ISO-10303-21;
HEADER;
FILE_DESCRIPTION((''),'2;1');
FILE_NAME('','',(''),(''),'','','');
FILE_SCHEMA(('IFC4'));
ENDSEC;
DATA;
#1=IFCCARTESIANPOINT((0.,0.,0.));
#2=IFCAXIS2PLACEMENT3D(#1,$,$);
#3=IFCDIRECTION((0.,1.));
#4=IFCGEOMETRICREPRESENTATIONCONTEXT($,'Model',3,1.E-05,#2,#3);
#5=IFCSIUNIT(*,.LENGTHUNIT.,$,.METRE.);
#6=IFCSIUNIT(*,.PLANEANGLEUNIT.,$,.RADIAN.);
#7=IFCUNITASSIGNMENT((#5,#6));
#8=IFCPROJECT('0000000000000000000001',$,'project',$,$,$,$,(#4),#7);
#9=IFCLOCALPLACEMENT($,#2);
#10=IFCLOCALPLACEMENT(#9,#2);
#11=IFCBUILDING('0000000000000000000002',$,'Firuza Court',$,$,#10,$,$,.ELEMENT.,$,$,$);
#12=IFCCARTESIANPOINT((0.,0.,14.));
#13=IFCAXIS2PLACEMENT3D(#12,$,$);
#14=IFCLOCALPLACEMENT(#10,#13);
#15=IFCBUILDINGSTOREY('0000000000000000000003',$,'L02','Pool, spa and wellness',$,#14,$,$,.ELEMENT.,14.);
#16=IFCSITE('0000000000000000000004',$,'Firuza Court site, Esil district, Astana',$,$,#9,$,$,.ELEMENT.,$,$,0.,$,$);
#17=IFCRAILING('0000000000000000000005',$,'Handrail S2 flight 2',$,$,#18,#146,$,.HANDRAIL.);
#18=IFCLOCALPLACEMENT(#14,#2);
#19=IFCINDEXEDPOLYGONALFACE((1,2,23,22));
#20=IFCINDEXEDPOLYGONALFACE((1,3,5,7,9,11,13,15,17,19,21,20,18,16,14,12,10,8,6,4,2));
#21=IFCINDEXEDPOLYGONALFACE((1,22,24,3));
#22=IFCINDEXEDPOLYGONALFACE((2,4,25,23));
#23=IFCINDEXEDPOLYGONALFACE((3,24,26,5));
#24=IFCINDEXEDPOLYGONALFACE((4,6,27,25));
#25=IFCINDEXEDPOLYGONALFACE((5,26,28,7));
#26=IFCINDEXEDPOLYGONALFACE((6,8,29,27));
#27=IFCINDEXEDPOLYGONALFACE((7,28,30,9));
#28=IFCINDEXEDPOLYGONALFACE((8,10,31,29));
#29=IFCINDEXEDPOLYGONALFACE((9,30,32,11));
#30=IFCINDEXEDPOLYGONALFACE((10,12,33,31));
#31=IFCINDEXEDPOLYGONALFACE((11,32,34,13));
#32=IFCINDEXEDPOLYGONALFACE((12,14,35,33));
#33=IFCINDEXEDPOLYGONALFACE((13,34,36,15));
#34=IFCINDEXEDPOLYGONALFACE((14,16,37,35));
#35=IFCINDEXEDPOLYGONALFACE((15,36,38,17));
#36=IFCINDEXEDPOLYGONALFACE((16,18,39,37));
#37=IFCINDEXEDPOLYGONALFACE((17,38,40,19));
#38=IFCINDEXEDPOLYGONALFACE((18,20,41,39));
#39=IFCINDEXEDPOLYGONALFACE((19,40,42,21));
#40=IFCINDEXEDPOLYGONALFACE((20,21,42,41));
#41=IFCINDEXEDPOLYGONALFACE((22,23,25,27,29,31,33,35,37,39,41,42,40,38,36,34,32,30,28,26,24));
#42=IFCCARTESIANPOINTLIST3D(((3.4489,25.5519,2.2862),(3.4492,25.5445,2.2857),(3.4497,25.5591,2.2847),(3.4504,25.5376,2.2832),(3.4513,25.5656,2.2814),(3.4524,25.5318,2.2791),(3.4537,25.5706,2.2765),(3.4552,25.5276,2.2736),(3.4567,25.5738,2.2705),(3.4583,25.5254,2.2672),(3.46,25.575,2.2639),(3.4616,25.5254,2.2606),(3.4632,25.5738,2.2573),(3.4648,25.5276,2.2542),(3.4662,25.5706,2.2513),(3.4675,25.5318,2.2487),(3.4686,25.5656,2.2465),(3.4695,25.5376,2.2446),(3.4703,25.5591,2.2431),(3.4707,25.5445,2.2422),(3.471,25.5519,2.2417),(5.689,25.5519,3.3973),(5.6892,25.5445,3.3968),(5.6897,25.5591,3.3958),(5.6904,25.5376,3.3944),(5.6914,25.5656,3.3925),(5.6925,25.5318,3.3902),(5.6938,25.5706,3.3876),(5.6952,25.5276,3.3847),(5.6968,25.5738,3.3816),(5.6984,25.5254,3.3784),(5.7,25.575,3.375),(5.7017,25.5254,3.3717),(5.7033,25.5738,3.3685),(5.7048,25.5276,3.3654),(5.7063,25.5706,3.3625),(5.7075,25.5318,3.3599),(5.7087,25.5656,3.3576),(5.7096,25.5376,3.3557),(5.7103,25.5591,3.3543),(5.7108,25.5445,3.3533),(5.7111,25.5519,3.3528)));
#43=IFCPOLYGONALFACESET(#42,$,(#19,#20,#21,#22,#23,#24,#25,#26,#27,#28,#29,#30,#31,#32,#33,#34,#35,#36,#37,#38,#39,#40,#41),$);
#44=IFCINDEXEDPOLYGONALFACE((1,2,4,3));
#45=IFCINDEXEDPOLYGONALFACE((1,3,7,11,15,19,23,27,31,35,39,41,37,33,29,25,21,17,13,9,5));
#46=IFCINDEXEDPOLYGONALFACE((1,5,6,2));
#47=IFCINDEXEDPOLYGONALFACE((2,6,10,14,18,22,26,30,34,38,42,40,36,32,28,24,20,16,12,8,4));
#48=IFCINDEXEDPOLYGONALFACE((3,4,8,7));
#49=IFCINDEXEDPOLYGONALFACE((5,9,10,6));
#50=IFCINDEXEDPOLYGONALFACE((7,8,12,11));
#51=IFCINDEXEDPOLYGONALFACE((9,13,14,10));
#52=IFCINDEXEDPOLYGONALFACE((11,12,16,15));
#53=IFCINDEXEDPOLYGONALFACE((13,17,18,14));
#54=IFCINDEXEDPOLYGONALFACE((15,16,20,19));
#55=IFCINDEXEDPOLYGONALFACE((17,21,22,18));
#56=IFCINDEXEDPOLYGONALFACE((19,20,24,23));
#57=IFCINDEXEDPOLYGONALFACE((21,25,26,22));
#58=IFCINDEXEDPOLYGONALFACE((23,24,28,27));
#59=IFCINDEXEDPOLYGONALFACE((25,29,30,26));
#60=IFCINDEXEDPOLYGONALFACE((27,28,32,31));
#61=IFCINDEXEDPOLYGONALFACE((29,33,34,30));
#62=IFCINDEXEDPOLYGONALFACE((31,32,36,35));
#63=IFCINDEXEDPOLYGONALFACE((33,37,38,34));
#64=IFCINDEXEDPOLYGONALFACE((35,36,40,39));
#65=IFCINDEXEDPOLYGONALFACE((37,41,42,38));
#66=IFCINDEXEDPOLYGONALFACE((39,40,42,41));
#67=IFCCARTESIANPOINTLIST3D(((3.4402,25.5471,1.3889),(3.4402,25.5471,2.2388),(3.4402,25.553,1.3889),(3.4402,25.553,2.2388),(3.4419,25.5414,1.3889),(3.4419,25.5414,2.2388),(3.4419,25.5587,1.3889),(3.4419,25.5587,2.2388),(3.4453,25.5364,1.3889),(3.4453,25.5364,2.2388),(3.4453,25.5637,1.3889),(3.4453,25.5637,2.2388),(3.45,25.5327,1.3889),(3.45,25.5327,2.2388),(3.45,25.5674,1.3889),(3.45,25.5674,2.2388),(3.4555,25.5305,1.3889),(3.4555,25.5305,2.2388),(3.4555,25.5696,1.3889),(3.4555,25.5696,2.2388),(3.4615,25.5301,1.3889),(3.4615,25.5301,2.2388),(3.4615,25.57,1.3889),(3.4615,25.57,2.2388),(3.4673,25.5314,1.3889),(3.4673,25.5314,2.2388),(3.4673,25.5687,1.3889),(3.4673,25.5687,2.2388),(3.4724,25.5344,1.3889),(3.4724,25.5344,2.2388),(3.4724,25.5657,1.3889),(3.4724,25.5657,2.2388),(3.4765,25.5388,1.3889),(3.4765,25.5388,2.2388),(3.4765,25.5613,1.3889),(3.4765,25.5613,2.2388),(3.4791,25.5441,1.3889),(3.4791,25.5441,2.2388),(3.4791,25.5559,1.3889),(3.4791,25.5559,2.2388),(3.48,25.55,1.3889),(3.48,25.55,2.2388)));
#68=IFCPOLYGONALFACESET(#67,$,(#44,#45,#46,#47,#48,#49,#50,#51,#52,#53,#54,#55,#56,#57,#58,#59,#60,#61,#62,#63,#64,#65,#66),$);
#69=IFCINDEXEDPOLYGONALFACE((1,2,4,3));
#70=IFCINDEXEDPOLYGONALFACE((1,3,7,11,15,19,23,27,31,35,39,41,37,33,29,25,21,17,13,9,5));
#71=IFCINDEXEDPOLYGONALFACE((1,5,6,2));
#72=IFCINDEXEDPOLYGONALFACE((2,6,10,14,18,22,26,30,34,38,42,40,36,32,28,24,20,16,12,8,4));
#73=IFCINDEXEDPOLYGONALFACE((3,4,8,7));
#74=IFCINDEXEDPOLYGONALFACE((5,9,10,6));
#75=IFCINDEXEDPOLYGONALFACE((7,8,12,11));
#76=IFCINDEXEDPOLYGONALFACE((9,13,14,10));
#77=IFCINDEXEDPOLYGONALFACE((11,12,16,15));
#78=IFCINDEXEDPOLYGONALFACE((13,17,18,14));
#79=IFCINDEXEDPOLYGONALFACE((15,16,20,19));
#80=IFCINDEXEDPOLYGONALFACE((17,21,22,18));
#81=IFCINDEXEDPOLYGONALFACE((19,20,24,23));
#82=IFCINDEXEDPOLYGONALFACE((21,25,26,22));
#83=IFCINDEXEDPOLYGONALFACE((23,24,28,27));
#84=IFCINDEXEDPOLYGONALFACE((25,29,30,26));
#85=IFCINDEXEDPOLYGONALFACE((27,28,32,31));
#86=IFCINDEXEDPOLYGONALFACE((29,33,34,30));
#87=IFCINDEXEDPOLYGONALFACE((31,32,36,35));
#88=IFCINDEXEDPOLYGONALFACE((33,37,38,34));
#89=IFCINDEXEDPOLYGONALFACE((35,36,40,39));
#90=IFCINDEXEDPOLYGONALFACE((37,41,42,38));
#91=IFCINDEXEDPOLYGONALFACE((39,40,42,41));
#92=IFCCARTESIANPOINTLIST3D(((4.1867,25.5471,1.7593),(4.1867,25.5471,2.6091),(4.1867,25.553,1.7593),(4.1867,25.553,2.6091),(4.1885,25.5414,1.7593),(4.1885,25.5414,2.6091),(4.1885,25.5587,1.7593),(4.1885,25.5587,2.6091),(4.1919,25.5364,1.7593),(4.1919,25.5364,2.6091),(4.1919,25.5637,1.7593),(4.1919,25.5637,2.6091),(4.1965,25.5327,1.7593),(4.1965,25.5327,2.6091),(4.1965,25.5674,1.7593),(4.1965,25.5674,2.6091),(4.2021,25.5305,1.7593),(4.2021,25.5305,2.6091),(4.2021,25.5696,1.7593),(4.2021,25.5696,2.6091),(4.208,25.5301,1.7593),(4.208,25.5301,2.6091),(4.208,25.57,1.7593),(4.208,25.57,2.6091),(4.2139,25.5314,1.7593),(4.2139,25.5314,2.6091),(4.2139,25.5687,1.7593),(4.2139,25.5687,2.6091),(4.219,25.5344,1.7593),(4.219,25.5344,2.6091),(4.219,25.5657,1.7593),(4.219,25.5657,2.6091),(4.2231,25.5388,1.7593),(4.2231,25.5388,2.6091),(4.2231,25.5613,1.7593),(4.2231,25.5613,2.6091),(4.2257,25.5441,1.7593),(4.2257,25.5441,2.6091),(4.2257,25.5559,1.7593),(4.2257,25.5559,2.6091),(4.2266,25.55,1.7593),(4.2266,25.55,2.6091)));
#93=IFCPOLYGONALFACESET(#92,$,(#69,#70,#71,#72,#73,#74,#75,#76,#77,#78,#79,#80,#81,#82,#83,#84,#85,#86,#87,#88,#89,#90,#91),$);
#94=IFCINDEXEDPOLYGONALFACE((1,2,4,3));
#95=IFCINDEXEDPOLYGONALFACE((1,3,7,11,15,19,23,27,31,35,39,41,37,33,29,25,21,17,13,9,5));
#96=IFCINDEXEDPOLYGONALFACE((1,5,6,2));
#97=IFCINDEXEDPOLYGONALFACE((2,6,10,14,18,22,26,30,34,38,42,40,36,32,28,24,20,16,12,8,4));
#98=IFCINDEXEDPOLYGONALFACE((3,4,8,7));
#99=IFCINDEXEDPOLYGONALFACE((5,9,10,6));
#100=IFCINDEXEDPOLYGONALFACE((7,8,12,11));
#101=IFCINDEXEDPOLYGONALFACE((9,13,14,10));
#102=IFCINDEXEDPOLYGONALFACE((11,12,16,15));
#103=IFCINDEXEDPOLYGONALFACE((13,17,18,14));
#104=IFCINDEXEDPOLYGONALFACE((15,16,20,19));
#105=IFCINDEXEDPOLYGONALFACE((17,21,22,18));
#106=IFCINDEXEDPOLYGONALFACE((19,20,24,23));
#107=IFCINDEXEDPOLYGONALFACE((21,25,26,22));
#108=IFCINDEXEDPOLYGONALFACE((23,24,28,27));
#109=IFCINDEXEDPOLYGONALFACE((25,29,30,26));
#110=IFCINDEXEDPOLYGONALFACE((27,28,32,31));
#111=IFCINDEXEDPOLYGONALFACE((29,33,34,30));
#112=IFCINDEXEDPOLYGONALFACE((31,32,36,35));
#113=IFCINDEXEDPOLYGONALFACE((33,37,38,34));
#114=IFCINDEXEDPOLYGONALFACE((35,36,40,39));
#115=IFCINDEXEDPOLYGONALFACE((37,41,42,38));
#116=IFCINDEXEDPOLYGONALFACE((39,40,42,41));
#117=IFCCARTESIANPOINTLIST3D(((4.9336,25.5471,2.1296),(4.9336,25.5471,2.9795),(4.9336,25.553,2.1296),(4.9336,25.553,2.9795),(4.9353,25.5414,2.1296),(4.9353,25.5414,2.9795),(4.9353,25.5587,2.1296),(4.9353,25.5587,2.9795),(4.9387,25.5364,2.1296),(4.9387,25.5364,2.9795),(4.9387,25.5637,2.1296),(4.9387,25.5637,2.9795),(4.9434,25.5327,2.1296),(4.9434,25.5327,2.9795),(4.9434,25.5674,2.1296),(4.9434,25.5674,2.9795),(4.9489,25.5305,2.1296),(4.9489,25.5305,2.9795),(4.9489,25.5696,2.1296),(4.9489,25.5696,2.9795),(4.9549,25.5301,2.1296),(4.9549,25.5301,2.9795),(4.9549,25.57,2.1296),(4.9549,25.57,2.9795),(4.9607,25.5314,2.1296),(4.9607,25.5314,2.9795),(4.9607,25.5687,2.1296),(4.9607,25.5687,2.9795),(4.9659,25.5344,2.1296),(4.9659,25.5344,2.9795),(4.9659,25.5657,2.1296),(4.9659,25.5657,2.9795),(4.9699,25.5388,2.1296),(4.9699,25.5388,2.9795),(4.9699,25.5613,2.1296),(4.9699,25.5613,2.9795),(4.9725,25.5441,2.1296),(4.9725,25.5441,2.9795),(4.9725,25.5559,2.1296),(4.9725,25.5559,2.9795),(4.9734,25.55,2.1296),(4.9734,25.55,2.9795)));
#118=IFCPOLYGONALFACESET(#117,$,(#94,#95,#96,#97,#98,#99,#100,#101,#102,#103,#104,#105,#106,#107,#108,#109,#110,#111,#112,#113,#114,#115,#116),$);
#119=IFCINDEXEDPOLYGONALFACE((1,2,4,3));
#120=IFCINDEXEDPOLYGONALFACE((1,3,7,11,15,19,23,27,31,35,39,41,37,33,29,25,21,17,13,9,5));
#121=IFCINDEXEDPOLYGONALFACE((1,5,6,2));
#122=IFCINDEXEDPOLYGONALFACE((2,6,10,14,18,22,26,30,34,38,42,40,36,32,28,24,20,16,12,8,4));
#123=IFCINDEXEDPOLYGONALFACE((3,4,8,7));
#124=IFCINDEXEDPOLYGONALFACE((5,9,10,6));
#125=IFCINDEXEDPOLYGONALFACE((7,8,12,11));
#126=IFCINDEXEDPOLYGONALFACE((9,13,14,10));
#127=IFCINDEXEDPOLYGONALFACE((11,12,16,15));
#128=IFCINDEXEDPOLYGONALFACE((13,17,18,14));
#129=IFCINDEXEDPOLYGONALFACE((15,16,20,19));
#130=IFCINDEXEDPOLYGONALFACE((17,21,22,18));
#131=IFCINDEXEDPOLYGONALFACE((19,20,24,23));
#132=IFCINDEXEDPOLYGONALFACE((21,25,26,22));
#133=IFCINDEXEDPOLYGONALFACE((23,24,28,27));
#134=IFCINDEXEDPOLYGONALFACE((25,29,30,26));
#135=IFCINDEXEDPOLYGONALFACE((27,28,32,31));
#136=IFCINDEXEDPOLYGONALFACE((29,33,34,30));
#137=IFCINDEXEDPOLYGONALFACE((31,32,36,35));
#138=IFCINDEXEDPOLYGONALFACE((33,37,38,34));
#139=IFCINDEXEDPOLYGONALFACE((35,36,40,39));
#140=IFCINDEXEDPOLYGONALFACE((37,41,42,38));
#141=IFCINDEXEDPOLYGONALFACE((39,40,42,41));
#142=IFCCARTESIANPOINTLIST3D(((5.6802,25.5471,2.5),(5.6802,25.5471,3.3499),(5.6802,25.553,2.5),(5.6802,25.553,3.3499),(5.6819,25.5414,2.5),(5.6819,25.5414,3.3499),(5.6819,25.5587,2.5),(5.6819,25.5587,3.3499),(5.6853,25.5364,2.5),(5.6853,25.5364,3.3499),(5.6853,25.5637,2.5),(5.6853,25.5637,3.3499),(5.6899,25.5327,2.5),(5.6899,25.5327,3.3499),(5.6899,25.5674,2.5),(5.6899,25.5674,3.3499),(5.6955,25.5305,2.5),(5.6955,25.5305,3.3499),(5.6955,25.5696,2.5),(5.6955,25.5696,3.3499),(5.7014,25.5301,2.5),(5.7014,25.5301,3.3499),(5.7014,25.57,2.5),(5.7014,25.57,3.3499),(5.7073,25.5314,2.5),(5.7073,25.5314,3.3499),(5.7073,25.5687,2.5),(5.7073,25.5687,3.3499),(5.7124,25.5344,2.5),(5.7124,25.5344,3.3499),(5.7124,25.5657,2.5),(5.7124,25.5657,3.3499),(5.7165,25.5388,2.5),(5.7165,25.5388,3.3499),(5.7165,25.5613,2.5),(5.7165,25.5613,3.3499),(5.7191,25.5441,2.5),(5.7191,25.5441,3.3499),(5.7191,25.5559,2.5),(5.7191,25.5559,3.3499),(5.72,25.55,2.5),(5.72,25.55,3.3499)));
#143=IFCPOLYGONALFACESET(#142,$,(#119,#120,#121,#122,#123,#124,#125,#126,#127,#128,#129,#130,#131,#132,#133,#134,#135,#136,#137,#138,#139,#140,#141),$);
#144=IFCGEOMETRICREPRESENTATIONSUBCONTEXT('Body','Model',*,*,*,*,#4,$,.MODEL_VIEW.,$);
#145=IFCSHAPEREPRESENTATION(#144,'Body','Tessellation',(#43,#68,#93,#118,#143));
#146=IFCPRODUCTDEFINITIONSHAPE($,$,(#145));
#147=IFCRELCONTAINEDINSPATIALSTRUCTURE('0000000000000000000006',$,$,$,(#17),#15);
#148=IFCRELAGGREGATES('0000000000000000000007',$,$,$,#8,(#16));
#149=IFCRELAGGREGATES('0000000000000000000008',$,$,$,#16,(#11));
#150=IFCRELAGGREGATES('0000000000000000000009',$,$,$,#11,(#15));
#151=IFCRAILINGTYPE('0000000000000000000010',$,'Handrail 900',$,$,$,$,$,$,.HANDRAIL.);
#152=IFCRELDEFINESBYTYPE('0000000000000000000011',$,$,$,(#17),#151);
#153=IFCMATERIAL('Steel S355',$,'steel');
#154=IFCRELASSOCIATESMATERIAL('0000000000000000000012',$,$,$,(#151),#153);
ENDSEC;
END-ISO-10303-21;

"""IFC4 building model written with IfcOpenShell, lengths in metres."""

from ifc_helpers import new_model, si_unit, direction, frame, origin, origin_2d, place, context, subcontext, project, spatial, circle, extrude, material, type_object, element, save


model = new_model("IFC4")

# Units and contexts
model_context = context("Model", 3, precision=1e-05, world=origin(), true_north=direction((0.0, 1.0)))
body_context = subcontext(model_context, "Body", "Model", "MODEL_VIEW")
ifc_project = project(units=[si_unit("LENGTHUNIT", "METRE"), si_unit("PLANEANGLEUNIT", "RADIAN")], contexts=[model_context])

# Site, building, storey
site_placement = place(None, origin())
site = spatial("IfcSite", under=ifc_project, at=site_placement, Name="Firuza Court site, Esil district, Astana", CompositionType="ELEMENT", RefElevation=0.0)
building_placement = place(site_placement, origin())
building = spatial("IfcBuilding", under=site, at=building_placement, Name="Firuza Court", CompositionType="ELEMENT")
storey_placement = place(building_placement, frame((0.0, 0.0, 14.0)))
storey = spatial("IfcBuildingStorey", under=building, at=storey_placement, Name="L02", Description="Pool, spa and wellness", CompositionType="ELEMENT", Elevation=14.0)

# Railing
ifc_material_1 = material(Name="Steel S355", Category="steel")
railing_type = type_object("IfcRailingType", Name="Handrail 900", PredefinedType="HANDRAIL", material=ifc_material_1)
for number, where, name in (
    (1, (3.46, 25.55, 1.3889), "Handrail S2 flight 2"),
):
    element("IfcRailing", number, at=place(storey_placement, frame(where)), inside=storey, type_object=railing_type, Name=name, PredefinedType="HANDRAIL", context=body_context, shape_type="SweptSolid", body=[
        extrude(circle(Radius=0.0249, at=origin_2d()), frame((0.0, 0.0, 0.875), z_axis=(0.895848, 0.0, 0.44436), x_axis=(0.0, 1.0, 0.0)), (0.0, 0.0, 1.0), 2.5005),
        extrude(circle(Radius=0.02, at=origin_2d()), origin(), (0.0, 0.0, 1.0), 0.8499),
        extrude(circle(Radius=0.02, at=origin_2d()), frame((0.7466, 0.0, 0.3704)), (0.0, 0.0, 1.0), 0.8499),
        extrude(circle(Radius=0.02, at=origin_2d()), frame((1.4934, 0.0, 0.7407)), (0.0, 0.0, 1.0), 0.8499),
        extrude(circle(Radius=0.02, at=origin_2d()), frame((2.24, 0.0, 1.1111)), (0.0, 0.0, 1.0), 0.8499),
    ])

save(model, "model.ifc")
